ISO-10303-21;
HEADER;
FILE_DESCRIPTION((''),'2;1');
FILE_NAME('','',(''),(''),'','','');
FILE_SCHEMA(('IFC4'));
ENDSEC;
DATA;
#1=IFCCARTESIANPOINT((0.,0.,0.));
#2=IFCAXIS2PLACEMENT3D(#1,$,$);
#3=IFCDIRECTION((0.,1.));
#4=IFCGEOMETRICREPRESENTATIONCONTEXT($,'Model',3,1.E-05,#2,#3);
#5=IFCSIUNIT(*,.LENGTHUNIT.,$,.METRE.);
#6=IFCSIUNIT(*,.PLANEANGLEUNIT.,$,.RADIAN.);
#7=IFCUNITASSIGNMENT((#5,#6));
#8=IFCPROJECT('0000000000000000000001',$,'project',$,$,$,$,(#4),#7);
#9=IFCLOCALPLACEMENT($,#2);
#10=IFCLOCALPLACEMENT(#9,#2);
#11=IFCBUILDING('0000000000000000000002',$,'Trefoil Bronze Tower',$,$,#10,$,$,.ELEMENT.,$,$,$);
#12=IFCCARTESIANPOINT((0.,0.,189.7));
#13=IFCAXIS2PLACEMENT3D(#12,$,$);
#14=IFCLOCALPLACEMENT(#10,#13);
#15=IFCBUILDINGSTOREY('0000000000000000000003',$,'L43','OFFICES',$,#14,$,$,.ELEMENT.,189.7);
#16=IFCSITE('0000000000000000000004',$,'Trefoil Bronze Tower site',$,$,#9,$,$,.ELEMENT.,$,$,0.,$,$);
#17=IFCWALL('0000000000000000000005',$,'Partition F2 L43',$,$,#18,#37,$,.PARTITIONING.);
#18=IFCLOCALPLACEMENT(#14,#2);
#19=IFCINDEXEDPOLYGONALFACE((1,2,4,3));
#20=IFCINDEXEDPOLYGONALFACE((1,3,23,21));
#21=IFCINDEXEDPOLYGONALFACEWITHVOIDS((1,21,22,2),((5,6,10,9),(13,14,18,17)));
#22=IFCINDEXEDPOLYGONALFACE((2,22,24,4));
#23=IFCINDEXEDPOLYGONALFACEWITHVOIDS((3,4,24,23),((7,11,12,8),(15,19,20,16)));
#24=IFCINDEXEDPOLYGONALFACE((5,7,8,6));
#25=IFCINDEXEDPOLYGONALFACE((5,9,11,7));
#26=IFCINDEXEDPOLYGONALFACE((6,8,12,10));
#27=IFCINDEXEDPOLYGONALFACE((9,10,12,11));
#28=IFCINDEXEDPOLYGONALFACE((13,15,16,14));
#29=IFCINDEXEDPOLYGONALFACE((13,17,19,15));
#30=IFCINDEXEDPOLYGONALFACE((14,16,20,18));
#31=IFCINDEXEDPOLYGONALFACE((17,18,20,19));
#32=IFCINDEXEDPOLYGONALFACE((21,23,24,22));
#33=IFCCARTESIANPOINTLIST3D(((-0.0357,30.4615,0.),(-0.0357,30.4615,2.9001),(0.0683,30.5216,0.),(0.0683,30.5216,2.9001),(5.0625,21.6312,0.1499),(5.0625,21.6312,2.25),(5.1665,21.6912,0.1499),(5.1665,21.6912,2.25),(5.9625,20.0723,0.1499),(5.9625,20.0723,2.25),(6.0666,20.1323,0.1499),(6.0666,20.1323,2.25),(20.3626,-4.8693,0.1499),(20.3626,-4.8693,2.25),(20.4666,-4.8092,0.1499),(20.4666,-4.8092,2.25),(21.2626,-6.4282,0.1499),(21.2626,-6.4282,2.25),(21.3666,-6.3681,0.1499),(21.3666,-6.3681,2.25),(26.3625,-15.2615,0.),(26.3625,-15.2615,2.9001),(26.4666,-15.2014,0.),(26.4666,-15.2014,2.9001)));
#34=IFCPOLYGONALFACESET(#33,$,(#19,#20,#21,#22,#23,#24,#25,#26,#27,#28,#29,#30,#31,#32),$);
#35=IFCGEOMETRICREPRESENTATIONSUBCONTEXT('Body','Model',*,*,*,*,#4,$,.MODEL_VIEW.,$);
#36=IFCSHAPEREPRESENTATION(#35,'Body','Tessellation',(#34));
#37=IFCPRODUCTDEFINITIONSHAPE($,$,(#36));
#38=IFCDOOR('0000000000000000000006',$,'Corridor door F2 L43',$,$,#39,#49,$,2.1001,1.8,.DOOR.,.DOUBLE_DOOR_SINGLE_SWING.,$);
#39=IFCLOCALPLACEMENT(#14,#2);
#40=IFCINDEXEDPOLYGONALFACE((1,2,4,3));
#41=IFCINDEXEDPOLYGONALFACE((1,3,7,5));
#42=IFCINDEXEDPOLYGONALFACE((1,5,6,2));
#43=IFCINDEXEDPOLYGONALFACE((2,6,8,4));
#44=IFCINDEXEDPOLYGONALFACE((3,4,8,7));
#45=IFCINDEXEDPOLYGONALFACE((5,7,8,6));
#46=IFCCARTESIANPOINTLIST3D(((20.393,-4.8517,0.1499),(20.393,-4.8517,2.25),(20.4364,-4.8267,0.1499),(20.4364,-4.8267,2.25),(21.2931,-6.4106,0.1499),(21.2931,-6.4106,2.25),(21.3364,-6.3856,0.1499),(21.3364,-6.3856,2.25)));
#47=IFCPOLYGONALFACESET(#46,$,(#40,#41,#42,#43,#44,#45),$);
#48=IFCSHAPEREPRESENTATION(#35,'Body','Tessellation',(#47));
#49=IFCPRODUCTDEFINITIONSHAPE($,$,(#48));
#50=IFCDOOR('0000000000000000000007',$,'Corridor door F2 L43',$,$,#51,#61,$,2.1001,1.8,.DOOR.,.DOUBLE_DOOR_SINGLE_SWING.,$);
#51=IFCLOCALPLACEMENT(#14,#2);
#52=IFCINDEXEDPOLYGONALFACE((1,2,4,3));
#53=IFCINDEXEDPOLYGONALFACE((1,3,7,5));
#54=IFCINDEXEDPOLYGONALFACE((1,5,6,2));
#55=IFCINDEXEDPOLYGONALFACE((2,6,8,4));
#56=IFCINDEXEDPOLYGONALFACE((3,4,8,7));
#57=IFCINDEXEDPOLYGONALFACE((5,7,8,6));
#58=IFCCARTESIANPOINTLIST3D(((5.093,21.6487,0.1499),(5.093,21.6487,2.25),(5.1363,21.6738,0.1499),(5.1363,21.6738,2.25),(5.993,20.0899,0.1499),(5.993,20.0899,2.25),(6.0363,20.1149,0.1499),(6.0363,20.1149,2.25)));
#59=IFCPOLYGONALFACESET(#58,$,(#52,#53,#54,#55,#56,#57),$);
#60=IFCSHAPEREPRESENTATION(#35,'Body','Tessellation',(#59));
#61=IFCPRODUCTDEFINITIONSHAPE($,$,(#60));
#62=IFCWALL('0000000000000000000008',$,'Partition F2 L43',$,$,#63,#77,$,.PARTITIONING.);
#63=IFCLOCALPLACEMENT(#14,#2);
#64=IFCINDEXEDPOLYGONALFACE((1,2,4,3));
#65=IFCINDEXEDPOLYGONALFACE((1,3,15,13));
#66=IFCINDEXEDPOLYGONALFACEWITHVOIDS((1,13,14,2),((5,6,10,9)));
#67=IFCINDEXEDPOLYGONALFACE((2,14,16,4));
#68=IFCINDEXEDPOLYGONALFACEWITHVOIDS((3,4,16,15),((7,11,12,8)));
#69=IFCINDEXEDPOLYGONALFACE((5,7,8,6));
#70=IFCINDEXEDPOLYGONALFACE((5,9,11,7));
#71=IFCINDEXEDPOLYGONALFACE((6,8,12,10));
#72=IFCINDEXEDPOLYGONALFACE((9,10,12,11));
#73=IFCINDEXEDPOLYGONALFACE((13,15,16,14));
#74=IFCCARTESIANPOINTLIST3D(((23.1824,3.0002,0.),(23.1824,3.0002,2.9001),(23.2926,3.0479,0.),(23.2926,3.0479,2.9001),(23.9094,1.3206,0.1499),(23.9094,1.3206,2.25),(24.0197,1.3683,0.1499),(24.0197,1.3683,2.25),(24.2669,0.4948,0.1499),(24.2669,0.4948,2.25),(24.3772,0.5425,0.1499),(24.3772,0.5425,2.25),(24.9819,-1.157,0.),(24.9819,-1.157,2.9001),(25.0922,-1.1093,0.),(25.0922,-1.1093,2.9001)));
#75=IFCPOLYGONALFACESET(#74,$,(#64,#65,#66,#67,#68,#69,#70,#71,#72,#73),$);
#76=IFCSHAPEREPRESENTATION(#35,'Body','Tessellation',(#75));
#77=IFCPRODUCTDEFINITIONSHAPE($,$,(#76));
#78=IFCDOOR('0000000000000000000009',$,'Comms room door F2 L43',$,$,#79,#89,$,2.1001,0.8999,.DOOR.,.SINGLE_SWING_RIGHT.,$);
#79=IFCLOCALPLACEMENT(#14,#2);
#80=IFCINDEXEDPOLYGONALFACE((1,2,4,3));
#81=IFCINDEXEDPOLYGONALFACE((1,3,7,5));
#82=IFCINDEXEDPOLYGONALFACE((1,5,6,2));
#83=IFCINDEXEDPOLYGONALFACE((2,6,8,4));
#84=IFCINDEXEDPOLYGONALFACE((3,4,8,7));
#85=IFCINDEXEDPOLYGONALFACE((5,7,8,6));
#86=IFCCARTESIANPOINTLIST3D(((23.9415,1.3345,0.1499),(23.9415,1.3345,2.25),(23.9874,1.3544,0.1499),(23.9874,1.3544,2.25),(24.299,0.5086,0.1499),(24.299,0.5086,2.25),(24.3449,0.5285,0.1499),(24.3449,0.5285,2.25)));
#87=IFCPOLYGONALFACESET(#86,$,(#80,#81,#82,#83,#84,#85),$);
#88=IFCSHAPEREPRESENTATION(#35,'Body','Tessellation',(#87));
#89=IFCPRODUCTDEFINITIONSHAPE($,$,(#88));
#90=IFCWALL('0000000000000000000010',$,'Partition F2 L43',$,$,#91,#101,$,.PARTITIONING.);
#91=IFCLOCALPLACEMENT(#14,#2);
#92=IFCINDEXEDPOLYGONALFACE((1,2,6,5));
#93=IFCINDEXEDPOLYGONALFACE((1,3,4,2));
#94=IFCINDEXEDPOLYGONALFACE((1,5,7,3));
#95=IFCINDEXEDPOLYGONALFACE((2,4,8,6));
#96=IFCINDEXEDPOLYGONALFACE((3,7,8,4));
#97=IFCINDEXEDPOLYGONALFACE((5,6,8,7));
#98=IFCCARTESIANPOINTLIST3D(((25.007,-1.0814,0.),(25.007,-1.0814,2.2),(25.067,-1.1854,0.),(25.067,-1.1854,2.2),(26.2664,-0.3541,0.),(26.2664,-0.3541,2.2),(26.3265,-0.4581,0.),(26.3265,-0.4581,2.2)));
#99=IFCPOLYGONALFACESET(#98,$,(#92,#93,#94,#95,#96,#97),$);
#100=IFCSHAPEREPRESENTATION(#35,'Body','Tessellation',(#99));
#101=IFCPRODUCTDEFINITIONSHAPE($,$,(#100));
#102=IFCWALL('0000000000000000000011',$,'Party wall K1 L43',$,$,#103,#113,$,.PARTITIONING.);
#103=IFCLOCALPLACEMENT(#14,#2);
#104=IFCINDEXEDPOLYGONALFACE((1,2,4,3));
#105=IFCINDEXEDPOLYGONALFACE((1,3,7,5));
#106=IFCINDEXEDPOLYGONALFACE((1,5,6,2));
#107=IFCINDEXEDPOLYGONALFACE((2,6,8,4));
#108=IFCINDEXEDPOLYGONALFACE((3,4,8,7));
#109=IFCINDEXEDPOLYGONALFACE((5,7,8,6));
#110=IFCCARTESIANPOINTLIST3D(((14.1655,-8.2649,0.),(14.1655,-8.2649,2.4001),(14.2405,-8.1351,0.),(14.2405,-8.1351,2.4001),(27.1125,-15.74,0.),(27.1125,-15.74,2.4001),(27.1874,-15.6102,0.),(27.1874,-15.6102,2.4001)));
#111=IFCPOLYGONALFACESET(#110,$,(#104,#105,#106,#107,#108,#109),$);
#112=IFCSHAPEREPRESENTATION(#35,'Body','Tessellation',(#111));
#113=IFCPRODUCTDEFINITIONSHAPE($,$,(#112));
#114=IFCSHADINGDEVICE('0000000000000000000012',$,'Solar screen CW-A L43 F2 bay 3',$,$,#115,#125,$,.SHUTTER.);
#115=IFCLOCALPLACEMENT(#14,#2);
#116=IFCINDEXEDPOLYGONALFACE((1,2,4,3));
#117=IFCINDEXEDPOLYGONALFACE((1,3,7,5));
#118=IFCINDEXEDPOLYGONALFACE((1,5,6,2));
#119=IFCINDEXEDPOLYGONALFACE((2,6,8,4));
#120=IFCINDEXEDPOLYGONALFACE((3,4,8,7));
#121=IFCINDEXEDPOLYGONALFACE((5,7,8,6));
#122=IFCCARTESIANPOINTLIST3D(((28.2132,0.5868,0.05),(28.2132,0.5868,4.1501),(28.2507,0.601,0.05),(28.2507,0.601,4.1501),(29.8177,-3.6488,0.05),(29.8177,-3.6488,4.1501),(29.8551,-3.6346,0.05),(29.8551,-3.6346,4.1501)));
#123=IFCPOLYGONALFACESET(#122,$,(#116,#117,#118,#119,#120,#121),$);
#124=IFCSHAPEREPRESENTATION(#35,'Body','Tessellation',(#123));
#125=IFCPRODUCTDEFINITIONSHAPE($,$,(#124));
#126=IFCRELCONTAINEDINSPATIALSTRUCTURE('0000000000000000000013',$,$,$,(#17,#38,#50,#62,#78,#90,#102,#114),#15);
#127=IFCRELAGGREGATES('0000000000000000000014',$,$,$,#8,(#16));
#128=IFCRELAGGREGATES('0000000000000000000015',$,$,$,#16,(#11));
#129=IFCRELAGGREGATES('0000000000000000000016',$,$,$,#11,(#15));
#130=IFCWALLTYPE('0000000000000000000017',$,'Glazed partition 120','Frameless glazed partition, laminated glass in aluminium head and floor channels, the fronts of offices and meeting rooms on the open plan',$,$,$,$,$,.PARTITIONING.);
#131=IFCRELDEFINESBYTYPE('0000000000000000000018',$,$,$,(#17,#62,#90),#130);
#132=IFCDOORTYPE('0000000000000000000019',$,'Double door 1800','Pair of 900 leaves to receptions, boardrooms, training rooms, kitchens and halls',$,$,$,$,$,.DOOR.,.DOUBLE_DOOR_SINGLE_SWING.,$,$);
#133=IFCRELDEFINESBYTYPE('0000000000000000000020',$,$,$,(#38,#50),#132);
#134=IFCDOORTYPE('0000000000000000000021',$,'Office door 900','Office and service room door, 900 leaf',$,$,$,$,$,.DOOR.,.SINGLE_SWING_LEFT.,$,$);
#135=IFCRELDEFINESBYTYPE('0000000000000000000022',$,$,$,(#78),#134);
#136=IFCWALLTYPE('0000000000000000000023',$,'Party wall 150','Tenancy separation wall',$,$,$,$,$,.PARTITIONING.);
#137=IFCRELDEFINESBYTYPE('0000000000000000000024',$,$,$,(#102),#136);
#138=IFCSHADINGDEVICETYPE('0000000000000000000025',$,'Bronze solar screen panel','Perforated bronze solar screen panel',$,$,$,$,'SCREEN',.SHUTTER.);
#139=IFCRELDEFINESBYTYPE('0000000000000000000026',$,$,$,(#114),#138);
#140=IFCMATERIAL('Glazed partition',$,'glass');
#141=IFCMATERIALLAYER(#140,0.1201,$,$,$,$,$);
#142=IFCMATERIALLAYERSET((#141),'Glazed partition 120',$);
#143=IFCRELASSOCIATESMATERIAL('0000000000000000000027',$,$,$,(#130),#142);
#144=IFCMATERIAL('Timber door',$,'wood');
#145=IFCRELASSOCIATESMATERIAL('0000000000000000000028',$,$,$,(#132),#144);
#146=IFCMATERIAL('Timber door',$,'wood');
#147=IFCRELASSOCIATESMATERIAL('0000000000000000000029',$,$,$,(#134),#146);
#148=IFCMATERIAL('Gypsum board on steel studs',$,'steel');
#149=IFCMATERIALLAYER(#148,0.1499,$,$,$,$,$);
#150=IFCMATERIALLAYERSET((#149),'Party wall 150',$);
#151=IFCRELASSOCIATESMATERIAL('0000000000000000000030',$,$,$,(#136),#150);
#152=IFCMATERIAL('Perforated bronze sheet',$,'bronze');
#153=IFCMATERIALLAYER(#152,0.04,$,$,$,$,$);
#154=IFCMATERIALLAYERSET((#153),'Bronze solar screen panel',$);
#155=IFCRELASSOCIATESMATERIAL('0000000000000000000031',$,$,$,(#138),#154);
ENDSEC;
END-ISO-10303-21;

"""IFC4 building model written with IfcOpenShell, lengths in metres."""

from ifc_helpers import new_model, si_unit, direction, frame, frame_2d, origin, origin_2d, place, context, subcontext, project, spatial, rectangle, extrude, material, layer, layer_set, type_object, element, fill, save


model = new_model("IFC4")

# Units and contexts
model_context = context("Model", 3, precision=1e-05, world=origin(), true_north=direction((0.0, 1.0)))
body_context = subcontext(model_context, "Body", "Model", "MODEL_VIEW")
ifc_project = project(units=[si_unit("LENGTHUNIT", "METRE"), si_unit("PLANEANGLEUNIT", "RADIAN")], contexts=[model_context])

# Site, building, storey
site_placement = place(None, origin())
site = spatial("IfcSite", under=ifc_project, at=site_placement, Name="Trefoil Bronze Tower site", CompositionType="ELEMENT", RefElevation=0.0)
building_placement = place(site_placement, origin())
building = spatial("IfcBuilding", under=site, at=building_placement, Name="Trefoil Bronze Tower", CompositionType="ELEMENT")
storey_placement = place(building_placement, frame((0.0, 0.0, 189.7)))
storey = spatial("IfcBuildingStorey", under=building, at=storey_placement, Name="L43", Description="OFFICES", CompositionType="ELEMENT", Elevation=189.7)

# Wall, openings, doors
ifc_material_1 = material(Name="Glazed partition", Category="glass")
ifc_layer_1 = layer(ifc_material_1, 0.1201)
ifc_layer_set_1 = layer_set([ifc_layer_1], Name="Glazed partition 120")
wall_type_1 = type_object("IfcWallType", Name="Glazed partition 120", Description="Frameless glazed partition, laminated glass in aluminium head and floor channels, the fronts of offices and meeting rooms on the open plan", PredefinedType="PARTITIONING", material=ifc_layer_set_1)
wall_1_placement = place(storey_placement, frame((26.4146, -15.2314, 0.0), z_axis=(0.0, 0.0, 1.0), x_axis=(-0.500001, 0.866025, 0.0)))
wall_1 = element("IfcWall", 1, at=wall_1_placement, inside=storey, type_object=wall_type_1, Name="Partition F2 L43", PredefinedType="PARTITIONING", context=body_context, shape_type="SweptSolid", body=[
    extrude(rectangle(XDim=52.7964, YDim=0.1201, at=frame_2d((26.3982, 0.0))), origin(), (0.0, 0.0, 1.0), 2.9001),
])
opening_1_placement = place(wall_1_placement, frame((10.2, 0.0, 0.1499)))
opening_1 = element("IfcOpeningElement", 2, at=opening_1_placement, cuts=wall_1, PredefinedType="OPENING", context=body_context, shape_type="SweptSolid", body=[
    extrude(rectangle(XDim=1.8, YDim=2.1001, at=frame_2d((0.8999, 1.05))), frame((0.0, 0.0701, 0.0), z_axis=(0.0, -1.0, 0.0), x_axis=(1.0, 0.0, 0.0)), (0.0, 0.0, 1.0), 0.1401),
])
opening_2_placement = place(wall_1_placement, frame((40.8, 0.0, 0.1499)))
opening_2 = element("IfcOpeningElement", 3, at=opening_2_placement, cuts=wall_1, PredefinedType="OPENING", context=body_context, shape_type="SweptSolid", body=[
    extrude(rectangle(XDim=1.8, YDim=2.1001, at=frame_2d((0.8999, 1.05))), frame((0.0, 0.0701, 0.0), z_axis=(0.0, -1.0, 0.0), x_axis=(1.0, 0.0, 0.0)), (0.0, 0.0, 1.0), 0.1401),
])
ifc_material_2 = material(Name="Timber door", Category="wood")
door_type_1 = type_object("IfcDoorType", Name="Double door 1800", Description="Pair of 900 leaves to receptions, boardrooms, training rooms, kitchens and halls", OperationType="DOUBLE_DOOR_SINGLE_SWING", PredefinedType="DOOR", material=ifc_material_2)
door_1_placement = place(opening_1_placement, origin())
door_1 = element("IfcDoor", 4, at=door_1_placement, inside=storey, type_object=door_type_1, Name="Corridor door F2 L43", OperationType="DOUBLE_DOOR_SINGLE_SWING", OverallHeight=2.1001, OverallWidth=1.8, PredefinedType="DOOR", context=body_context, shape_type="SweptSolid", body=[
    extrude(rectangle(XDim=1.8, YDim=2.1001, at=frame_2d((0.8999, 1.05))), frame((0.0, 0.0249, 0.0), z_axis=(0.0, -1.0, 0.0), x_axis=(1.0, 0.0, 0.0)), (0.0, 0.0, 1.0), 0.05),
])
fill(opening_1, door_1)
door_2_placement = place(opening_2_placement, origin())
door_2 = element("IfcDoor", 5, at=door_2_placement, inside=storey, type_object=door_type_1, Name="Corridor door F2 L43", OperationType="DOUBLE_DOOR_SINGLE_SWING", OverallHeight=2.1001, OverallWidth=1.8, PredefinedType="DOOR", context=body_context, shape_type="SweptSolid", body=[
    extrude(rectangle(XDim=1.8, YDim=2.1001, at=frame_2d((0.8999, 1.05))), frame((0.0, 0.0249, 0.0), z_axis=(0.0, -1.0, 0.0), x_axis=(1.0, 0.0, 0.0)), (0.0, 0.0, 1.0), 0.05),
])
fill(opening_2, door_2)

# Wall, opening, door
wall_2_placement = place(storey_placement, frame((25.0371, -1.1333, 0.0), z_axis=(0.0, 0.0, 1.0), x_axis=(-0.397253, 0.917709, 0.0)))
wall_2 = element("IfcWall", 6, at=wall_2_placement, inside=storey, type_object=wall_type_1, Name="Partition F2 L43", PredefinedType="PARTITIONING", context=body_context, shape_type="SweptSolid", body=[
    extrude(rectangle(XDim=4.53, YDim=0.1201, at=frame_2d((2.2651, 0.0))), origin(), (0.0, 0.0, 1.0), 2.9001),
])
opening_3_placement = place(wall_2_placement, frame((1.8, 0.0, 0.1499)))
opening_3 = element("IfcOpeningElement", 7, at=opening_3_placement, cuts=wall_2, PredefinedType="OPENING", context=body_context, shape_type="SweptSolid", body=[
    extrude(rectangle(XDim=0.8999, YDim=2.1001, at=frame_2d((0.45, 1.05))), frame((0.0, 0.0701, 0.0), z_axis=(0.0, -1.0, 0.0), x_axis=(1.0, 0.0, 0.0)), (0.0, 0.0, 1.0), 0.1401),
])
ifc_material_3 = material(Name="Timber door", Category="wood")
door_type_2 = type_object("IfcDoorType", Name="Office door 900", Description="Office and service room door, 900 leaf", OperationType="SINGLE_SWING_LEFT", PredefinedType="DOOR", material=ifc_material_3)
door_3_placement = place(opening_3_placement, frame((0.8999, 0.0, 0.0), z_axis=(0.0, 0.0, 1.0), x_axis=(-1.0, 0.0, 0.0)))
door_3 = element("IfcDoor", 8, at=door_3_placement, inside=storey, type_object=door_type_2, Name="Comms room door F2 L43", OperationType="SINGLE_SWING_RIGHT", OverallHeight=2.1001, OverallWidth=0.8999, PredefinedType="DOOR", context=body_context, shape_type="SweptSolid", body=[
    extrude(rectangle(XDim=0.8999, YDim=2.1001, at=frame_2d((0.45, 1.05))), frame((0.0, 0.0249, 0.0), z_axis=(0.0, -1.0, 0.0), x_axis=(1.0, 0.0, 0.0)), (0.0, 0.0, 1.0), 0.05),
])
fill(opening_3, door_3)

# Walls
wall_3_placement = place(storey_placement, frame((25.0371, -1.1333, 0.0), z_axis=(0.0, 0.0, 1.0), x_axis=(0.865993, 0.500057, 0.0)))
element("IfcWall", 9, at=wall_3_placement, inside=storey, type_object=wall_type_1, Name="Partition F2 L43", PredefinedType="PARTITIONING", context=body_context, shape_type="SweptSolid", body=[
    extrude(rectangle(XDim=1.4543, YDim=0.1201, at=frame_2d((0.7271, 0.0))), origin(), (0.0, 0.0, 1.0), 2.2),
])
ifc_material_4 = material(Name="Gypsum board on steel studs", Category="steel")
ifc_layer_2 = layer(ifc_material_4, 0.1499)
ifc_layer_set_2 = layer_set([ifc_layer_2], Name="Party wall 150")
wall_type_2 = type_object("IfcWallType", Name="Party wall 150", Description="Tenancy separation wall", PredefinedType="PARTITIONING", material=ifc_layer_set_2)
wall_4_placement = place(storey_placement, frame((14.2029, -8.2, 0.0), z_axis=(0.0, 0.0, 1.0), x_axis=(0.866022, -0.500007, 0.0)))
element("IfcWall", 10, at=wall_4_placement, inside=storey, type_object=wall_type_2, Name="Party wall K1 L43", PredefinedType="PARTITIONING", context=body_context, shape_type="SweptSolid", body=[
    extrude(rectangle(XDim=14.95, YDim=0.1499, at=frame_2d((7.4751, 0.0))), origin(), (0.0, 0.0, 1.0), 2.4001),
])

# Shading device
ifc_material_5 = material(Name="Perforated bronze sheet", Category="bronze")
ifc_layer_3 = layer(ifc_material_5, 0.04)
ifc_layer_set_3 = layer_set([ifc_layer_3], Name="Bronze solar screen panel")
shading_device_type = type_object("IfcShadingDeviceType", Name="Bronze solar screen panel", Description="Perforated bronze solar screen panel", ElementType="SCREEN", PredefinedType="SHUTTER", material=ifc_layer_set_3)
shading_device_placement = place(storey_placement, frame((29.0342, -1.5239, 0.05), z_axis=(0.0, 0.0, 1.0), x_axis=(-0.354234, 0.935157, 0.0)))
element("IfcShadingDevice", 11, at=shading_device_placement, inside=storey, type_object=shading_device_type, Name="Solar screen CW-A L43 F2 bay 3", PredefinedType="SHUTTER", context=body_context, shape_type="SweptSolid", body=[
    extrude(rectangle(XDim=4.5293, YDim=0.04, at=origin_2d()), origin(), (0.0, 0.0, 1.0), 4.1001),
])

save(model, "model.ifc")
